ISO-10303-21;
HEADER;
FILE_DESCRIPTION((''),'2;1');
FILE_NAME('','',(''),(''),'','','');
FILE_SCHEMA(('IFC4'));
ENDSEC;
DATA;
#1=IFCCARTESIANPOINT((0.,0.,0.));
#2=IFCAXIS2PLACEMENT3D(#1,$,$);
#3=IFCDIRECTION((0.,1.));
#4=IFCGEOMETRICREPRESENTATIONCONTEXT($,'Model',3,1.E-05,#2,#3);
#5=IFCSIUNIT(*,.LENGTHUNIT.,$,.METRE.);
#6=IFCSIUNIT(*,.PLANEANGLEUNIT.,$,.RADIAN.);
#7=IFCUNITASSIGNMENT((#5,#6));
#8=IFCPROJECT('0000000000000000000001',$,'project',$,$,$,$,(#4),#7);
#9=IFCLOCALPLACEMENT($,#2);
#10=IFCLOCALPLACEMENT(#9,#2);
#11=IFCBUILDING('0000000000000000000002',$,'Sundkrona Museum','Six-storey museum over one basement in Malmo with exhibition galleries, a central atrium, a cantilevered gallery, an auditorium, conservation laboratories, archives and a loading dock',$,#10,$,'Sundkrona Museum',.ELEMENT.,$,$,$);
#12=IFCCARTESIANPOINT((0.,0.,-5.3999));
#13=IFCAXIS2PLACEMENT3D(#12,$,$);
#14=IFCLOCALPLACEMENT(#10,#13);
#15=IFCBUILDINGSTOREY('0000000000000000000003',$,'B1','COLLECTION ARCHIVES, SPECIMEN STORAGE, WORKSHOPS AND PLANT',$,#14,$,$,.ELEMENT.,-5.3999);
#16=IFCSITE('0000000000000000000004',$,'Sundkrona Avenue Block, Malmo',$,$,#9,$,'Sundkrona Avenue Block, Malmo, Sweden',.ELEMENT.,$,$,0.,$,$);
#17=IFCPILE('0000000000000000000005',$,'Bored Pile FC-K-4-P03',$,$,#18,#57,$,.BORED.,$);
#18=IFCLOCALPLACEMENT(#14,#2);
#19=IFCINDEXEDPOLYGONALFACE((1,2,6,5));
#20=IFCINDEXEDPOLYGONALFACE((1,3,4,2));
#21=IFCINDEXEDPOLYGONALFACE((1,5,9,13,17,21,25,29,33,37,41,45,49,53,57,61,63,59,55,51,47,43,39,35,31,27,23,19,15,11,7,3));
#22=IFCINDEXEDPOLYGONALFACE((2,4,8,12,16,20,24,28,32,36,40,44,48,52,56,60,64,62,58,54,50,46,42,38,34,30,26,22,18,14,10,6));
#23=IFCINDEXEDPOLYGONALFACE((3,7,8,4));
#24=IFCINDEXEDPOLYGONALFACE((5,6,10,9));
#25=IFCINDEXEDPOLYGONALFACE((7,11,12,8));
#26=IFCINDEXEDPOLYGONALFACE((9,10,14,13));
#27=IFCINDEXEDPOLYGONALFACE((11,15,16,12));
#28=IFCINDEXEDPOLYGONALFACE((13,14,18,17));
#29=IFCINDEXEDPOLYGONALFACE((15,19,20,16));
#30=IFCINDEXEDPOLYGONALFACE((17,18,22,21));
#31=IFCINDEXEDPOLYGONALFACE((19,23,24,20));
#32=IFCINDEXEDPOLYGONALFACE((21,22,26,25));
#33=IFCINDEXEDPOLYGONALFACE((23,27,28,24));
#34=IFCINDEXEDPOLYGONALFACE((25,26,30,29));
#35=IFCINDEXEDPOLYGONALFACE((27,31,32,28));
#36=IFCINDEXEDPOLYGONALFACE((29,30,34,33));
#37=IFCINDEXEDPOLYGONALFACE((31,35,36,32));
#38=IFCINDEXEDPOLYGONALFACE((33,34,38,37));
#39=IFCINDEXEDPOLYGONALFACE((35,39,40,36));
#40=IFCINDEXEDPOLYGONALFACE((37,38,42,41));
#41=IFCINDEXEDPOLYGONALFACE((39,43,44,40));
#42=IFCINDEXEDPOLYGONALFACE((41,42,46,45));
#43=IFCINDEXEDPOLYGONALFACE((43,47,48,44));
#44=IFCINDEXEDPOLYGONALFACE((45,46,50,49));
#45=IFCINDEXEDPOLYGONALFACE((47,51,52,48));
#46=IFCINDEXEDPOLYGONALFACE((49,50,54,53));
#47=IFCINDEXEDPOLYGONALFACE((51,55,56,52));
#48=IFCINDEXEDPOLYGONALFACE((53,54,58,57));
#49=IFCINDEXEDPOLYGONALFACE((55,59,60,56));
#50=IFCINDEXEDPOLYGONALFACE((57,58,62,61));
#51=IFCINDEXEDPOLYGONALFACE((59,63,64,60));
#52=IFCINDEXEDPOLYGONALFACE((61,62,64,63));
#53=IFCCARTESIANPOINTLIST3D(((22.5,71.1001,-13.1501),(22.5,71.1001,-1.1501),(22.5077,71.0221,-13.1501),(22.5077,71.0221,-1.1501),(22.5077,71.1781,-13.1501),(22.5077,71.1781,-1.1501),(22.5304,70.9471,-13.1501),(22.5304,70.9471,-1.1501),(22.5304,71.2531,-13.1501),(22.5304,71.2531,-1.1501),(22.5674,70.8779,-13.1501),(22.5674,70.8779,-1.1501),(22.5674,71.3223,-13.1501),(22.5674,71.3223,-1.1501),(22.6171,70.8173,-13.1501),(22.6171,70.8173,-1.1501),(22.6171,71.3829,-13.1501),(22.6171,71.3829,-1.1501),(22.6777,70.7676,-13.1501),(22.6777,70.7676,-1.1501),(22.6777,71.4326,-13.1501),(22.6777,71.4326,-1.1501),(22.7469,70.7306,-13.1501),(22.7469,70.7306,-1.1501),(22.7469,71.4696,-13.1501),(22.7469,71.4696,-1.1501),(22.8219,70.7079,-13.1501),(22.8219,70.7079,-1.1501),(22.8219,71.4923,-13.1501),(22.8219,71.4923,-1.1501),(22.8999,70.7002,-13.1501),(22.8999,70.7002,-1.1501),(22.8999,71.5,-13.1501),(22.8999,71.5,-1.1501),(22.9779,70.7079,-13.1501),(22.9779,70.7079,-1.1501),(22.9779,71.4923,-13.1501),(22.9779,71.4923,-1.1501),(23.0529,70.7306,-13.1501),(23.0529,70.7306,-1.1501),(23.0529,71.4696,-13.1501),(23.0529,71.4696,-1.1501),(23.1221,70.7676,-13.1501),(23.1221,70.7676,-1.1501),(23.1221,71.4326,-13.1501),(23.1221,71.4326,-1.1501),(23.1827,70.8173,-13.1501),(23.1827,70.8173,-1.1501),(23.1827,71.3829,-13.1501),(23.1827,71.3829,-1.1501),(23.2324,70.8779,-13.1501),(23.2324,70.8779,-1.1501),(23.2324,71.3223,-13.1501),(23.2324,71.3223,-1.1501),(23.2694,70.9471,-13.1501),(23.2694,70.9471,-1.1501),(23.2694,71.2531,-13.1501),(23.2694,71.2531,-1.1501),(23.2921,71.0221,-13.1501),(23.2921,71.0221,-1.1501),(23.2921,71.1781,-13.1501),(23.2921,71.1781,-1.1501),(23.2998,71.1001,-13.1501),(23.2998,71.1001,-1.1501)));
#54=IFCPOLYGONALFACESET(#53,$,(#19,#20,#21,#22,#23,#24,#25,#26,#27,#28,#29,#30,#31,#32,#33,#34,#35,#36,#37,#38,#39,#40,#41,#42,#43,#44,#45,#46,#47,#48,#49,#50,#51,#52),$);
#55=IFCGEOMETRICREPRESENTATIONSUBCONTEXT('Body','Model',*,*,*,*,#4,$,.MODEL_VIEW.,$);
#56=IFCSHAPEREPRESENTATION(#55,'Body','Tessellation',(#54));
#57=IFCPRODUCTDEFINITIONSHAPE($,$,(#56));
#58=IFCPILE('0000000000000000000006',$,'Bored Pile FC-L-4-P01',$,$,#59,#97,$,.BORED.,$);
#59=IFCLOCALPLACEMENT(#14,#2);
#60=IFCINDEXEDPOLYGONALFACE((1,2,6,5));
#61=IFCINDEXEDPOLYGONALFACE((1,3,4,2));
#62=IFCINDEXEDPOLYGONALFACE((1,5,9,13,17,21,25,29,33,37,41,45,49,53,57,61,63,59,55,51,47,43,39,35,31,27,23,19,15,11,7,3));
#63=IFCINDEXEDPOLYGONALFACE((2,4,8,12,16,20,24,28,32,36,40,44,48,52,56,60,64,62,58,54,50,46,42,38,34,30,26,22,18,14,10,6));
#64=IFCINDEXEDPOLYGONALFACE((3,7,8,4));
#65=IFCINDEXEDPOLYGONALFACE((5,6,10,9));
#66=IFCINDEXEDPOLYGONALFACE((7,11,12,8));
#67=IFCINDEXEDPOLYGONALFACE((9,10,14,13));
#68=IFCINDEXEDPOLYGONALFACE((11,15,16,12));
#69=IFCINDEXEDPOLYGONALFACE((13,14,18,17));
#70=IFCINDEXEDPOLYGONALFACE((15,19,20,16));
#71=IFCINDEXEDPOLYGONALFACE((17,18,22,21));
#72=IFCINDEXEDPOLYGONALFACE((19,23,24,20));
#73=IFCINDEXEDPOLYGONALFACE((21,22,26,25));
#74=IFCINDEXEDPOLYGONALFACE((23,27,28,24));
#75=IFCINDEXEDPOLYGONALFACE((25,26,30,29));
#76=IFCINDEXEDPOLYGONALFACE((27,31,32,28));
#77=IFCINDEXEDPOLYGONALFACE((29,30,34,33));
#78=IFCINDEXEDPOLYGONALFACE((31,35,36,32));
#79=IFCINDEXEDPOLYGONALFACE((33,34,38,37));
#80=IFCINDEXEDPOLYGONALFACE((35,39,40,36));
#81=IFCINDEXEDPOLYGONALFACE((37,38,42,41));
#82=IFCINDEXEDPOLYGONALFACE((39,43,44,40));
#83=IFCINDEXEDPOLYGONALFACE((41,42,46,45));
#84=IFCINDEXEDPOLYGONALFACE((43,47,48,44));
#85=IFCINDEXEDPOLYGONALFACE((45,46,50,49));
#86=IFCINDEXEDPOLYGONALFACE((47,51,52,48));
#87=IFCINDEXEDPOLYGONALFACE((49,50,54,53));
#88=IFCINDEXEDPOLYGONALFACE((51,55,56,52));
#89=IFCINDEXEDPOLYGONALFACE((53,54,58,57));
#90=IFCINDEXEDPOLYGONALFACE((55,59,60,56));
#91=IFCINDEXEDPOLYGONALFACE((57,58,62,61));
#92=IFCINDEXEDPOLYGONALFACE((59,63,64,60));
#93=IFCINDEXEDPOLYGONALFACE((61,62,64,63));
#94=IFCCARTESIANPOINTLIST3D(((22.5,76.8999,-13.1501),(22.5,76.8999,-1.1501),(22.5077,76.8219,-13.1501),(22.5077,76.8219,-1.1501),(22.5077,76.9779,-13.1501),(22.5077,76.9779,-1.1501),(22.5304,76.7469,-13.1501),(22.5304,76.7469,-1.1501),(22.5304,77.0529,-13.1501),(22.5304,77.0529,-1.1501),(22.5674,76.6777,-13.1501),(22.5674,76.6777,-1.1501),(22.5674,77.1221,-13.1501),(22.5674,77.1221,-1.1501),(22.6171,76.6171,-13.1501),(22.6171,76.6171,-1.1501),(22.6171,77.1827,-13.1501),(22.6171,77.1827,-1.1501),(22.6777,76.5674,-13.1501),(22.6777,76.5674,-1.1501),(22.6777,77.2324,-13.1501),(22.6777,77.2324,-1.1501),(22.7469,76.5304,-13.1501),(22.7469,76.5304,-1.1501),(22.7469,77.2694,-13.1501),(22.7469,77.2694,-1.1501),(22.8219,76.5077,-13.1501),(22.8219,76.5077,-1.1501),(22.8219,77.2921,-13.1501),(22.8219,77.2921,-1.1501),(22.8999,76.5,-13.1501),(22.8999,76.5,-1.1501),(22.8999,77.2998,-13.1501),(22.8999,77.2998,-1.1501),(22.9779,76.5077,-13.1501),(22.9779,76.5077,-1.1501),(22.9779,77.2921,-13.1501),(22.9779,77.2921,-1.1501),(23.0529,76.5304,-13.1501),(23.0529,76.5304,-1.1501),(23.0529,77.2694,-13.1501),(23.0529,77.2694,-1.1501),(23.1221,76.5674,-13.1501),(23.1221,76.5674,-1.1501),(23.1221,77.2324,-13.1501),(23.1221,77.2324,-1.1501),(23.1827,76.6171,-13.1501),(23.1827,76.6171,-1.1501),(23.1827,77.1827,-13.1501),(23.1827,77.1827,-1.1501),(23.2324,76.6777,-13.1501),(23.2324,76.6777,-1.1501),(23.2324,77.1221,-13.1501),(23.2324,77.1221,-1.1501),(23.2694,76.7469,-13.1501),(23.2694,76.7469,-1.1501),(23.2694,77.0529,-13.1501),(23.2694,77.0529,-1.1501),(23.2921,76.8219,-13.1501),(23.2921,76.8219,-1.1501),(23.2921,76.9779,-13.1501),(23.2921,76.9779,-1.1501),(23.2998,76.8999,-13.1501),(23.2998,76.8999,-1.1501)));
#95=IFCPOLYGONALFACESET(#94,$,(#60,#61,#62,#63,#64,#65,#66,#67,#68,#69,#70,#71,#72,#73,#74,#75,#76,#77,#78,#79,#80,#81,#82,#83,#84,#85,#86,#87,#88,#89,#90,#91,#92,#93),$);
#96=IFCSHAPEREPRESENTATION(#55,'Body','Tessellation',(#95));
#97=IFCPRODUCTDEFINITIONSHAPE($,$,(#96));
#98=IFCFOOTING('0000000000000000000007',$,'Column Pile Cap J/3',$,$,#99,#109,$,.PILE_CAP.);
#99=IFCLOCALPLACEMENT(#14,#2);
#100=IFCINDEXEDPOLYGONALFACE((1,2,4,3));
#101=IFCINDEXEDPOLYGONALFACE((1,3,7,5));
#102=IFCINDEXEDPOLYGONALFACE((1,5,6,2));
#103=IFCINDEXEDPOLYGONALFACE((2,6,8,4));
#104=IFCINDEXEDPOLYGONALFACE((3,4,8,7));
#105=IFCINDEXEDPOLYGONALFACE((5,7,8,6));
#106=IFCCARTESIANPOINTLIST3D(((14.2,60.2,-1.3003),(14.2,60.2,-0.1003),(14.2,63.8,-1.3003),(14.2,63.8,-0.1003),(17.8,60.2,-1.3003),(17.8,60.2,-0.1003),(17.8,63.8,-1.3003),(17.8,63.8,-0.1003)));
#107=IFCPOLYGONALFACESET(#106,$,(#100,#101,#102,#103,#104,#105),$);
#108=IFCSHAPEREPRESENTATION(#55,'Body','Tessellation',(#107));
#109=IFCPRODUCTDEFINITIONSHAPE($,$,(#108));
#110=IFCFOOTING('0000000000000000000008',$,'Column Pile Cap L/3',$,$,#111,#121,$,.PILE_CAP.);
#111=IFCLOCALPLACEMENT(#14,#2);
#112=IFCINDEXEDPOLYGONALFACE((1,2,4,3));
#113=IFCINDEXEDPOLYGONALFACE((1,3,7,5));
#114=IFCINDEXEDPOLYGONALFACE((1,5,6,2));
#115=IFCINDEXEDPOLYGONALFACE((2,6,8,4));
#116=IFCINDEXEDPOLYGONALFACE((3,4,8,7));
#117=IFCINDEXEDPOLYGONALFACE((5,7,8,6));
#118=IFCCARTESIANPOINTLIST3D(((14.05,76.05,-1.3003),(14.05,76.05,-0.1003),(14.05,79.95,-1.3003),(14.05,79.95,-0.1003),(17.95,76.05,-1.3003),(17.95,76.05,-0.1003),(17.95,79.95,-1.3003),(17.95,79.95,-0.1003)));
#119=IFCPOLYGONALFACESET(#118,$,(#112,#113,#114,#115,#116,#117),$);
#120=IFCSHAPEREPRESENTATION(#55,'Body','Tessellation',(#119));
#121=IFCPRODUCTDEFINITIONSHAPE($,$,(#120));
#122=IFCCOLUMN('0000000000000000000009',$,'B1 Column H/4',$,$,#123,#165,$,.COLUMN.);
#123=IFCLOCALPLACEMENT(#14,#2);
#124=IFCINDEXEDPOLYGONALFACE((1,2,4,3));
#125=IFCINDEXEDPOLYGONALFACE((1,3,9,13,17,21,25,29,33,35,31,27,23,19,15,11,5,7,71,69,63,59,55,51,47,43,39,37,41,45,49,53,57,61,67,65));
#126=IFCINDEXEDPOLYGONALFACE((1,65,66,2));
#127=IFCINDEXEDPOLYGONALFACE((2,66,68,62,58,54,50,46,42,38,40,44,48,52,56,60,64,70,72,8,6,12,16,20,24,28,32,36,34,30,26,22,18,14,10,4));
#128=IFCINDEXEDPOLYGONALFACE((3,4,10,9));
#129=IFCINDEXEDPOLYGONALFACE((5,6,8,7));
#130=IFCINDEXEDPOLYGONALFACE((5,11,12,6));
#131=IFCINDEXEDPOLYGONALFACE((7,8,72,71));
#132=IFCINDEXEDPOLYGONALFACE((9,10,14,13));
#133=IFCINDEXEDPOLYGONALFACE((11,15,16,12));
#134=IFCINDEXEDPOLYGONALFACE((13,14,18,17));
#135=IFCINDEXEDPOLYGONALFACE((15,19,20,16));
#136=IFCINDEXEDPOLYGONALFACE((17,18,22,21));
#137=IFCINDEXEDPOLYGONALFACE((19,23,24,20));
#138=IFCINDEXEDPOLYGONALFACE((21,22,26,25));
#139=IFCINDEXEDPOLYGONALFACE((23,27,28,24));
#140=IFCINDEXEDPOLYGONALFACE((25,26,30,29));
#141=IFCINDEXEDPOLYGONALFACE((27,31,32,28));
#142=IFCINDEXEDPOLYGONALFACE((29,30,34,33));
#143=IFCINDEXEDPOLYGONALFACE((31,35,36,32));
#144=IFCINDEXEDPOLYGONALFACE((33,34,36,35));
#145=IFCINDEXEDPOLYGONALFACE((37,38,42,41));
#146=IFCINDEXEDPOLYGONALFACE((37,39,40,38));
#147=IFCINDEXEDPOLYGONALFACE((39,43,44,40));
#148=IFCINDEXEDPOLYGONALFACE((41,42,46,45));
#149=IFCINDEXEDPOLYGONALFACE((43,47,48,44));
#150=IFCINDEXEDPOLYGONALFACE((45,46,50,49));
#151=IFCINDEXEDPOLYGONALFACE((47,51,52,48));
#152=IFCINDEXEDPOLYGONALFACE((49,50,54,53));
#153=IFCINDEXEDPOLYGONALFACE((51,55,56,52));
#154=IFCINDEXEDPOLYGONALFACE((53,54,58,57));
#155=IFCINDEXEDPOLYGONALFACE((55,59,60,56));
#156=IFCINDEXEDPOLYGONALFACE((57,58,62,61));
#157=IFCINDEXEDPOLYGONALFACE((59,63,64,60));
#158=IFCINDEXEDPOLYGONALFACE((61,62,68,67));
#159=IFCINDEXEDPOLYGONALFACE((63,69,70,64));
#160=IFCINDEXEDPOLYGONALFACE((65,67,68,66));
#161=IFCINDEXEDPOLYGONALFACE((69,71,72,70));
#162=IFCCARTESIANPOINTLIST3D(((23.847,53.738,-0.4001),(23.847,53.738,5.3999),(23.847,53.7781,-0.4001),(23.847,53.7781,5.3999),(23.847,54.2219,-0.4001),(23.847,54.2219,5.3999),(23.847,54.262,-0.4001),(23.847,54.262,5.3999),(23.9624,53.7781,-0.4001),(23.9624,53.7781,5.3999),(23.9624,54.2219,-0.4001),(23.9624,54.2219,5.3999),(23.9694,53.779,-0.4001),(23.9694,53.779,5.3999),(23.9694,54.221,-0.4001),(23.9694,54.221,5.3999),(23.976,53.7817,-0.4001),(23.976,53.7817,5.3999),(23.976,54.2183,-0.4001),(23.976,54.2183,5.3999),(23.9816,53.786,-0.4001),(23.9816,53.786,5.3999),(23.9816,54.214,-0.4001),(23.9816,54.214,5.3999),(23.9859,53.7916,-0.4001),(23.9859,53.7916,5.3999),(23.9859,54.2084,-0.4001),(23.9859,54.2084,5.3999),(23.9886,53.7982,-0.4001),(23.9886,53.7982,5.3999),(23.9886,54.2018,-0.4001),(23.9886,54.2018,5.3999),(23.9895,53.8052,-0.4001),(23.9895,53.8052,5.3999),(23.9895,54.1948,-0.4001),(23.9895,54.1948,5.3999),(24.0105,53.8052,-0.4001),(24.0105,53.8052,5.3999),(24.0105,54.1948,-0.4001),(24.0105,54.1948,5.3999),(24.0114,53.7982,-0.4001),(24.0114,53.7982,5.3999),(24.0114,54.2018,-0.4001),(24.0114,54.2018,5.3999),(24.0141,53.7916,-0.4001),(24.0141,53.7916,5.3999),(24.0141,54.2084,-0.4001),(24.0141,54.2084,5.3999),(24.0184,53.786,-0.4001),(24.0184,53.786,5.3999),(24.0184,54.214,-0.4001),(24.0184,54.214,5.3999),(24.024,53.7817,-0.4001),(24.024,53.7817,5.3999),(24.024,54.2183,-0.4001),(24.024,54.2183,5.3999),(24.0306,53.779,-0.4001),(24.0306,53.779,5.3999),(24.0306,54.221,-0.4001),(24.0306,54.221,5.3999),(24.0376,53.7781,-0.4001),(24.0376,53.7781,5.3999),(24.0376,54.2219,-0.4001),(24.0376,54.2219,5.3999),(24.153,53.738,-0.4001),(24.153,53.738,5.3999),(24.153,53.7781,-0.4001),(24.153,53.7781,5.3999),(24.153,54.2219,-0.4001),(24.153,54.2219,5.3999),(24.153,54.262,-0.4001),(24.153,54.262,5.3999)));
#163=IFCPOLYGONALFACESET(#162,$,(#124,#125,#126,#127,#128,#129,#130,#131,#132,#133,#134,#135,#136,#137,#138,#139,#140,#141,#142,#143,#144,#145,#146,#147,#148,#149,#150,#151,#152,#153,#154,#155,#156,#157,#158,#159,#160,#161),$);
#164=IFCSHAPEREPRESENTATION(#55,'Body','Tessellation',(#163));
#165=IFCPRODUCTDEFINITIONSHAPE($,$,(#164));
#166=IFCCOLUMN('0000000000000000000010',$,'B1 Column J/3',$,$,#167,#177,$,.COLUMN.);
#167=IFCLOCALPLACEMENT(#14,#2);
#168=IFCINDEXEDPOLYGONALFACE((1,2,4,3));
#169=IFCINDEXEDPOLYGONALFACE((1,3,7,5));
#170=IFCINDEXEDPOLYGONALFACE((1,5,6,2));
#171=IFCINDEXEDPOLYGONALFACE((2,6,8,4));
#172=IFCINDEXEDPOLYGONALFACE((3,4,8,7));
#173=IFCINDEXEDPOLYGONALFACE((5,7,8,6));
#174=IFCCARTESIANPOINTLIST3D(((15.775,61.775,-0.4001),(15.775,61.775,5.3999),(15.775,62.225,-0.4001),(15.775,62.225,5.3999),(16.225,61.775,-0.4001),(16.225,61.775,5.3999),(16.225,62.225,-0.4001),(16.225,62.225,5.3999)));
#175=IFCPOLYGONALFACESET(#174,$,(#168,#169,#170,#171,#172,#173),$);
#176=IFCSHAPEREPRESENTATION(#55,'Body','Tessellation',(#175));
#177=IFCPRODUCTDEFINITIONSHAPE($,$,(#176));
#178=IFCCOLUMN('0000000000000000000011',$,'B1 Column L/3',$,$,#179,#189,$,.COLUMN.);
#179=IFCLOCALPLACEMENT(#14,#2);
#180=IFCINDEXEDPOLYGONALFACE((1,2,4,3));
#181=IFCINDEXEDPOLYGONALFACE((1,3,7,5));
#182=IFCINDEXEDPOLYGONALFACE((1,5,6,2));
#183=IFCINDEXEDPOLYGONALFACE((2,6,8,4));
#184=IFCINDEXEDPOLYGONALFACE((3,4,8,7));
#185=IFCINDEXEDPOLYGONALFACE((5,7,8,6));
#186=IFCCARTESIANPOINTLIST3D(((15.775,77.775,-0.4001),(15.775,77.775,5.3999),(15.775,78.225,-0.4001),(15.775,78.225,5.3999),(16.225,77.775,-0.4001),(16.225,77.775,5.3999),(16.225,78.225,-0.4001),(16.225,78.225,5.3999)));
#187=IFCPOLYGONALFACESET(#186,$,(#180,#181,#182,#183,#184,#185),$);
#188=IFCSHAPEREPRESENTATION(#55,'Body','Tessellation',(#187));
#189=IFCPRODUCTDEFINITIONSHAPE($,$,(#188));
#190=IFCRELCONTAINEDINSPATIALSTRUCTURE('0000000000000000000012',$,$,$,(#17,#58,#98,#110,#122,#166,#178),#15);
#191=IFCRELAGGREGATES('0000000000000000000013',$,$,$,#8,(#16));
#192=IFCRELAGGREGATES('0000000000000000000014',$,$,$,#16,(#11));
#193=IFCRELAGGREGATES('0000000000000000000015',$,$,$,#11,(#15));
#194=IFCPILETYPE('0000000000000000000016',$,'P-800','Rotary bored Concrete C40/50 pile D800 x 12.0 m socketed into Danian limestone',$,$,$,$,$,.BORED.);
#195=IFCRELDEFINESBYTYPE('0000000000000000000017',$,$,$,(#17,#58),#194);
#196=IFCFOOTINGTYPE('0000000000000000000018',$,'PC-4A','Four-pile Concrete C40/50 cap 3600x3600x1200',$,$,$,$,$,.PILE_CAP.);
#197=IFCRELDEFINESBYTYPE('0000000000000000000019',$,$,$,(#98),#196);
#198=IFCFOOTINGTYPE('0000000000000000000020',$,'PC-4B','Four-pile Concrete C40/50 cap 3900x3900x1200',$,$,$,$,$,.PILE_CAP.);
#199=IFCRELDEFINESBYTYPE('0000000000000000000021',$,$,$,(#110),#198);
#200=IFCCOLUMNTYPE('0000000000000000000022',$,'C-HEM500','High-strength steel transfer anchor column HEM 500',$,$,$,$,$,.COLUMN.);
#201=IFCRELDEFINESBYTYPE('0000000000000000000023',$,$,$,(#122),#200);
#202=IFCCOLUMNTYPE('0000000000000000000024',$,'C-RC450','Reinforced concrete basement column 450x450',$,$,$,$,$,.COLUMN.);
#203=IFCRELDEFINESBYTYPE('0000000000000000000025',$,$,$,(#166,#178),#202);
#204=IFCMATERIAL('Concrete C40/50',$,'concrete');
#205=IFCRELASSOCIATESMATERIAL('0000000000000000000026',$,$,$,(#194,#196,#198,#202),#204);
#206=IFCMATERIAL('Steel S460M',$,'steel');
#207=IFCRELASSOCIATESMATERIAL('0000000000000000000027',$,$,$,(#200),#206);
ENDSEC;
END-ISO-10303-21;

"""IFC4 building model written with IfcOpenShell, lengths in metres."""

from ifc_helpers import new_model, si_unit, direction, frame, origin, origin_2d, place, context, subcontext, project, spatial, rectangle, circle, i_section, extrude, material, material_profile, profile_set, type_object, element, save


model = new_model("IFC4")

# Units and contexts
model_context = context("Model", 3, precision=1e-05, world=origin(), true_north=direction((0.0, 1.0)))
body_context = subcontext(model_context, "Body", "Model", "MODEL_VIEW")
ifc_project = project(units=[si_unit("LENGTHUNIT", "METRE"), si_unit("PLANEANGLEUNIT", "RADIAN")], contexts=[model_context])

# Site, building, storey
site_placement = place(None, origin())
site = spatial("IfcSite", under=ifc_project, at=site_placement, Name="Sundkrona Avenue Block, Malmo", LongName="Sundkrona Avenue Block, Malmo, Sweden", CompositionType="ELEMENT", RefElevation=0.0)
building_placement = place(site_placement, origin())
building = spatial("IfcBuilding", under=site, at=building_placement, Name="Sundkrona Museum", Description="Six-storey museum over one basement in Malmo with exhibition galleries, a central atrium, a cantilevered gallery, an auditorium, conservation laboratories, archives and a loading dock", LongName="Sundkrona Museum", CompositionType="ELEMENT")
storey_placement = place(building_placement, frame((0.0, 0.0, -5.3999)))
storey = spatial("IfcBuildingStorey", under=building, at=storey_placement, Name="B1", Description="COLLECTION ARCHIVES, SPECIMEN STORAGE, WORKSHOPS AND PLANT", CompositionType="ELEMENT", Elevation=-5.3999)

# Shared definitions
ifc_material_1 = material(Name="Concrete C40/50", Category="concrete")

# Piles
ifc_material_profile_1 = material_profile(ifc_material_1, circle(Radius=0.3999, at=origin_2d()), Name="PILE D800")
ifc_profile_set_1 = profile_set([ifc_material_profile_1], Name="Concrete C40/50")
pile_type_1 = type_object("IfcPileType", Name="P-800", Description="Rotary bored Concrete C40/50 pile D800 x 12.0 m socketed into Danian limestone", PredefinedType="BORED", material=ifc_profile_set_1)
for number, where, z_axis, x_axis, name in (
    (1, (22.8999, 71.1001, -1.1501), (0.0, 0.0, -1.0), (1.0, 0.0, 0.0), "Bored Pile FC-K-4-P03"),
    (2, (22.8999, 76.8999, -1.1501), (0.0, 0.0, -1.0), (1.0, 0.0, 0.0), "Bored Pile FC-L-4-P01"),
):
    element("IfcPile", number, at=place(storey_placement, frame(where, z_axis=z_axis, x_axis=x_axis)), inside=storey, type_object=pile_type_1, Name=name, PredefinedType="BORED", context=body_context, shape_type="SweptSolid", body=[
        extrude(circle(Radius=0.3999, at=origin_2d()), origin(), (0.0, 0.0, 1.0), 12.0),
    ])

# Footings
footing_type_1 = type_object("IfcFootingType", Name="PC-4A", Description="Four-pile Concrete C40/50 cap 3600x3600x1200", PredefinedType="PILE_CAP", material=ifc_material_1)
footing_1_placement = place(storey_placement, frame((16.0, 62.0, -1.3003), z_axis=(0.0, 0.0, 1.0), x_axis=(1.0, 0.0, 0.0)))
element("IfcFooting", 3, at=footing_1_placement, inside=storey, type_object=footing_type_1, Name="Column Pile Cap J/3", PredefinedType="PILE_CAP", context=body_context, shape_type="SweptSolid", body=[
    extrude(rectangle(XDim=3.6001, YDim=3.6001, at=origin_2d()), origin(), (0.0, 0.0, 1.0), 1.2),
])
footing_type_2 = type_object("IfcFootingType", Name="PC-4B", Description="Four-pile Concrete C40/50 cap 3900x3900x1200", PredefinedType="PILE_CAP", material=ifc_material_1)
footing_2_placement = place(storey_placement, frame((16.0, 78.0, -1.3003), z_axis=(0.0, 0.0, 1.0), x_axis=(1.0, 0.0, 0.0)))
element("IfcFooting", 4, at=footing_2_placement, inside=storey, type_object=footing_type_2, Name="Column Pile Cap L/3", PredefinedType="PILE_CAP", context=body_context, shape_type="SweptSolid", body=[
    extrude(rectangle(XDim=3.8999, YDim=3.8999, at=origin_2d()), origin(), (0.0, 0.0, 1.0), 1.2),
])

# Columns
ifc_material_2 = material(Name="Steel S460M", Category="steel")
ifc_material_profile_2 = material_profile(ifc_material_2, i_section(OverallWidth=0.3059, OverallDepth=0.5239, WebThickness=0.021, FlangeThickness=0.04, FilletRadius=0.0271, at=origin_2d()), Name="HEM 500")
ifc_profile_set_2 = profile_set([ifc_material_profile_2], Name="Steel S460M")
column_type_1 = type_object("IfcColumnType", Name="C-HEM500", Description="High-strength steel transfer anchor column HEM 500", PredefinedType="COLUMN", material=ifc_profile_set_2)
column_placement = place(storey_placement, frame((24.0, 54.0, -0.4001), z_axis=(0.0, 0.0, 1.0), x_axis=(1.0, 0.0, 0.0)))
element("IfcColumn", 5, at=column_placement, inside=storey, type_object=column_type_1, Name="B1 Column H/4", PredefinedType="COLUMN", context=body_context, shape_type="SweptSolid", body=[
    extrude(i_section(OverallWidth=0.3059, OverallDepth=0.5239, WebThickness=0.021, FlangeThickness=0.04, FilletRadius=0.0271, at=origin_2d()), origin(), (0.0, 0.0, 1.0), 5.8),
])
ifc_material_profile_3 = material_profile(ifc_material_1, rectangle(XDim=0.45, YDim=0.45, at=origin_2d()), Name="RC 450x450")
ifc_profile_set_3 = profile_set([ifc_material_profile_3], Name="Concrete C40/50")
column_type_2 = type_object("IfcColumnType", Name="C-RC450", Description="Reinforced concrete basement column 450x450", PredefinedType="COLUMN", material=ifc_profile_set_3)
for number, where, z_axis, x_axis, name in (
    (6, (16.0, 62.0, -0.4001), (0.0, 0.0, 1.0), (1.0, 0.0, 0.0), "B1 Column J/3"),
    (7, (16.0, 78.0, -0.4001), (0.0, 0.0, 1.0), (1.0, 0.0, 0.0), "B1 Column L/3"),
):
    element("IfcColumn", number, at=place(storey_placement, frame(where, z_axis=z_axis, x_axis=x_axis)), inside=storey, type_object=column_type_2, Name=name, PredefinedType="COLUMN", context=body_context, shape_type="SweptSolid", body=[
        extrude(rectangle(XDim=0.45, YDim=0.45, at=origin_2d()), origin(), (0.0, 0.0, 1.0), 5.8),
    ])

save(model, "model.ifc")
